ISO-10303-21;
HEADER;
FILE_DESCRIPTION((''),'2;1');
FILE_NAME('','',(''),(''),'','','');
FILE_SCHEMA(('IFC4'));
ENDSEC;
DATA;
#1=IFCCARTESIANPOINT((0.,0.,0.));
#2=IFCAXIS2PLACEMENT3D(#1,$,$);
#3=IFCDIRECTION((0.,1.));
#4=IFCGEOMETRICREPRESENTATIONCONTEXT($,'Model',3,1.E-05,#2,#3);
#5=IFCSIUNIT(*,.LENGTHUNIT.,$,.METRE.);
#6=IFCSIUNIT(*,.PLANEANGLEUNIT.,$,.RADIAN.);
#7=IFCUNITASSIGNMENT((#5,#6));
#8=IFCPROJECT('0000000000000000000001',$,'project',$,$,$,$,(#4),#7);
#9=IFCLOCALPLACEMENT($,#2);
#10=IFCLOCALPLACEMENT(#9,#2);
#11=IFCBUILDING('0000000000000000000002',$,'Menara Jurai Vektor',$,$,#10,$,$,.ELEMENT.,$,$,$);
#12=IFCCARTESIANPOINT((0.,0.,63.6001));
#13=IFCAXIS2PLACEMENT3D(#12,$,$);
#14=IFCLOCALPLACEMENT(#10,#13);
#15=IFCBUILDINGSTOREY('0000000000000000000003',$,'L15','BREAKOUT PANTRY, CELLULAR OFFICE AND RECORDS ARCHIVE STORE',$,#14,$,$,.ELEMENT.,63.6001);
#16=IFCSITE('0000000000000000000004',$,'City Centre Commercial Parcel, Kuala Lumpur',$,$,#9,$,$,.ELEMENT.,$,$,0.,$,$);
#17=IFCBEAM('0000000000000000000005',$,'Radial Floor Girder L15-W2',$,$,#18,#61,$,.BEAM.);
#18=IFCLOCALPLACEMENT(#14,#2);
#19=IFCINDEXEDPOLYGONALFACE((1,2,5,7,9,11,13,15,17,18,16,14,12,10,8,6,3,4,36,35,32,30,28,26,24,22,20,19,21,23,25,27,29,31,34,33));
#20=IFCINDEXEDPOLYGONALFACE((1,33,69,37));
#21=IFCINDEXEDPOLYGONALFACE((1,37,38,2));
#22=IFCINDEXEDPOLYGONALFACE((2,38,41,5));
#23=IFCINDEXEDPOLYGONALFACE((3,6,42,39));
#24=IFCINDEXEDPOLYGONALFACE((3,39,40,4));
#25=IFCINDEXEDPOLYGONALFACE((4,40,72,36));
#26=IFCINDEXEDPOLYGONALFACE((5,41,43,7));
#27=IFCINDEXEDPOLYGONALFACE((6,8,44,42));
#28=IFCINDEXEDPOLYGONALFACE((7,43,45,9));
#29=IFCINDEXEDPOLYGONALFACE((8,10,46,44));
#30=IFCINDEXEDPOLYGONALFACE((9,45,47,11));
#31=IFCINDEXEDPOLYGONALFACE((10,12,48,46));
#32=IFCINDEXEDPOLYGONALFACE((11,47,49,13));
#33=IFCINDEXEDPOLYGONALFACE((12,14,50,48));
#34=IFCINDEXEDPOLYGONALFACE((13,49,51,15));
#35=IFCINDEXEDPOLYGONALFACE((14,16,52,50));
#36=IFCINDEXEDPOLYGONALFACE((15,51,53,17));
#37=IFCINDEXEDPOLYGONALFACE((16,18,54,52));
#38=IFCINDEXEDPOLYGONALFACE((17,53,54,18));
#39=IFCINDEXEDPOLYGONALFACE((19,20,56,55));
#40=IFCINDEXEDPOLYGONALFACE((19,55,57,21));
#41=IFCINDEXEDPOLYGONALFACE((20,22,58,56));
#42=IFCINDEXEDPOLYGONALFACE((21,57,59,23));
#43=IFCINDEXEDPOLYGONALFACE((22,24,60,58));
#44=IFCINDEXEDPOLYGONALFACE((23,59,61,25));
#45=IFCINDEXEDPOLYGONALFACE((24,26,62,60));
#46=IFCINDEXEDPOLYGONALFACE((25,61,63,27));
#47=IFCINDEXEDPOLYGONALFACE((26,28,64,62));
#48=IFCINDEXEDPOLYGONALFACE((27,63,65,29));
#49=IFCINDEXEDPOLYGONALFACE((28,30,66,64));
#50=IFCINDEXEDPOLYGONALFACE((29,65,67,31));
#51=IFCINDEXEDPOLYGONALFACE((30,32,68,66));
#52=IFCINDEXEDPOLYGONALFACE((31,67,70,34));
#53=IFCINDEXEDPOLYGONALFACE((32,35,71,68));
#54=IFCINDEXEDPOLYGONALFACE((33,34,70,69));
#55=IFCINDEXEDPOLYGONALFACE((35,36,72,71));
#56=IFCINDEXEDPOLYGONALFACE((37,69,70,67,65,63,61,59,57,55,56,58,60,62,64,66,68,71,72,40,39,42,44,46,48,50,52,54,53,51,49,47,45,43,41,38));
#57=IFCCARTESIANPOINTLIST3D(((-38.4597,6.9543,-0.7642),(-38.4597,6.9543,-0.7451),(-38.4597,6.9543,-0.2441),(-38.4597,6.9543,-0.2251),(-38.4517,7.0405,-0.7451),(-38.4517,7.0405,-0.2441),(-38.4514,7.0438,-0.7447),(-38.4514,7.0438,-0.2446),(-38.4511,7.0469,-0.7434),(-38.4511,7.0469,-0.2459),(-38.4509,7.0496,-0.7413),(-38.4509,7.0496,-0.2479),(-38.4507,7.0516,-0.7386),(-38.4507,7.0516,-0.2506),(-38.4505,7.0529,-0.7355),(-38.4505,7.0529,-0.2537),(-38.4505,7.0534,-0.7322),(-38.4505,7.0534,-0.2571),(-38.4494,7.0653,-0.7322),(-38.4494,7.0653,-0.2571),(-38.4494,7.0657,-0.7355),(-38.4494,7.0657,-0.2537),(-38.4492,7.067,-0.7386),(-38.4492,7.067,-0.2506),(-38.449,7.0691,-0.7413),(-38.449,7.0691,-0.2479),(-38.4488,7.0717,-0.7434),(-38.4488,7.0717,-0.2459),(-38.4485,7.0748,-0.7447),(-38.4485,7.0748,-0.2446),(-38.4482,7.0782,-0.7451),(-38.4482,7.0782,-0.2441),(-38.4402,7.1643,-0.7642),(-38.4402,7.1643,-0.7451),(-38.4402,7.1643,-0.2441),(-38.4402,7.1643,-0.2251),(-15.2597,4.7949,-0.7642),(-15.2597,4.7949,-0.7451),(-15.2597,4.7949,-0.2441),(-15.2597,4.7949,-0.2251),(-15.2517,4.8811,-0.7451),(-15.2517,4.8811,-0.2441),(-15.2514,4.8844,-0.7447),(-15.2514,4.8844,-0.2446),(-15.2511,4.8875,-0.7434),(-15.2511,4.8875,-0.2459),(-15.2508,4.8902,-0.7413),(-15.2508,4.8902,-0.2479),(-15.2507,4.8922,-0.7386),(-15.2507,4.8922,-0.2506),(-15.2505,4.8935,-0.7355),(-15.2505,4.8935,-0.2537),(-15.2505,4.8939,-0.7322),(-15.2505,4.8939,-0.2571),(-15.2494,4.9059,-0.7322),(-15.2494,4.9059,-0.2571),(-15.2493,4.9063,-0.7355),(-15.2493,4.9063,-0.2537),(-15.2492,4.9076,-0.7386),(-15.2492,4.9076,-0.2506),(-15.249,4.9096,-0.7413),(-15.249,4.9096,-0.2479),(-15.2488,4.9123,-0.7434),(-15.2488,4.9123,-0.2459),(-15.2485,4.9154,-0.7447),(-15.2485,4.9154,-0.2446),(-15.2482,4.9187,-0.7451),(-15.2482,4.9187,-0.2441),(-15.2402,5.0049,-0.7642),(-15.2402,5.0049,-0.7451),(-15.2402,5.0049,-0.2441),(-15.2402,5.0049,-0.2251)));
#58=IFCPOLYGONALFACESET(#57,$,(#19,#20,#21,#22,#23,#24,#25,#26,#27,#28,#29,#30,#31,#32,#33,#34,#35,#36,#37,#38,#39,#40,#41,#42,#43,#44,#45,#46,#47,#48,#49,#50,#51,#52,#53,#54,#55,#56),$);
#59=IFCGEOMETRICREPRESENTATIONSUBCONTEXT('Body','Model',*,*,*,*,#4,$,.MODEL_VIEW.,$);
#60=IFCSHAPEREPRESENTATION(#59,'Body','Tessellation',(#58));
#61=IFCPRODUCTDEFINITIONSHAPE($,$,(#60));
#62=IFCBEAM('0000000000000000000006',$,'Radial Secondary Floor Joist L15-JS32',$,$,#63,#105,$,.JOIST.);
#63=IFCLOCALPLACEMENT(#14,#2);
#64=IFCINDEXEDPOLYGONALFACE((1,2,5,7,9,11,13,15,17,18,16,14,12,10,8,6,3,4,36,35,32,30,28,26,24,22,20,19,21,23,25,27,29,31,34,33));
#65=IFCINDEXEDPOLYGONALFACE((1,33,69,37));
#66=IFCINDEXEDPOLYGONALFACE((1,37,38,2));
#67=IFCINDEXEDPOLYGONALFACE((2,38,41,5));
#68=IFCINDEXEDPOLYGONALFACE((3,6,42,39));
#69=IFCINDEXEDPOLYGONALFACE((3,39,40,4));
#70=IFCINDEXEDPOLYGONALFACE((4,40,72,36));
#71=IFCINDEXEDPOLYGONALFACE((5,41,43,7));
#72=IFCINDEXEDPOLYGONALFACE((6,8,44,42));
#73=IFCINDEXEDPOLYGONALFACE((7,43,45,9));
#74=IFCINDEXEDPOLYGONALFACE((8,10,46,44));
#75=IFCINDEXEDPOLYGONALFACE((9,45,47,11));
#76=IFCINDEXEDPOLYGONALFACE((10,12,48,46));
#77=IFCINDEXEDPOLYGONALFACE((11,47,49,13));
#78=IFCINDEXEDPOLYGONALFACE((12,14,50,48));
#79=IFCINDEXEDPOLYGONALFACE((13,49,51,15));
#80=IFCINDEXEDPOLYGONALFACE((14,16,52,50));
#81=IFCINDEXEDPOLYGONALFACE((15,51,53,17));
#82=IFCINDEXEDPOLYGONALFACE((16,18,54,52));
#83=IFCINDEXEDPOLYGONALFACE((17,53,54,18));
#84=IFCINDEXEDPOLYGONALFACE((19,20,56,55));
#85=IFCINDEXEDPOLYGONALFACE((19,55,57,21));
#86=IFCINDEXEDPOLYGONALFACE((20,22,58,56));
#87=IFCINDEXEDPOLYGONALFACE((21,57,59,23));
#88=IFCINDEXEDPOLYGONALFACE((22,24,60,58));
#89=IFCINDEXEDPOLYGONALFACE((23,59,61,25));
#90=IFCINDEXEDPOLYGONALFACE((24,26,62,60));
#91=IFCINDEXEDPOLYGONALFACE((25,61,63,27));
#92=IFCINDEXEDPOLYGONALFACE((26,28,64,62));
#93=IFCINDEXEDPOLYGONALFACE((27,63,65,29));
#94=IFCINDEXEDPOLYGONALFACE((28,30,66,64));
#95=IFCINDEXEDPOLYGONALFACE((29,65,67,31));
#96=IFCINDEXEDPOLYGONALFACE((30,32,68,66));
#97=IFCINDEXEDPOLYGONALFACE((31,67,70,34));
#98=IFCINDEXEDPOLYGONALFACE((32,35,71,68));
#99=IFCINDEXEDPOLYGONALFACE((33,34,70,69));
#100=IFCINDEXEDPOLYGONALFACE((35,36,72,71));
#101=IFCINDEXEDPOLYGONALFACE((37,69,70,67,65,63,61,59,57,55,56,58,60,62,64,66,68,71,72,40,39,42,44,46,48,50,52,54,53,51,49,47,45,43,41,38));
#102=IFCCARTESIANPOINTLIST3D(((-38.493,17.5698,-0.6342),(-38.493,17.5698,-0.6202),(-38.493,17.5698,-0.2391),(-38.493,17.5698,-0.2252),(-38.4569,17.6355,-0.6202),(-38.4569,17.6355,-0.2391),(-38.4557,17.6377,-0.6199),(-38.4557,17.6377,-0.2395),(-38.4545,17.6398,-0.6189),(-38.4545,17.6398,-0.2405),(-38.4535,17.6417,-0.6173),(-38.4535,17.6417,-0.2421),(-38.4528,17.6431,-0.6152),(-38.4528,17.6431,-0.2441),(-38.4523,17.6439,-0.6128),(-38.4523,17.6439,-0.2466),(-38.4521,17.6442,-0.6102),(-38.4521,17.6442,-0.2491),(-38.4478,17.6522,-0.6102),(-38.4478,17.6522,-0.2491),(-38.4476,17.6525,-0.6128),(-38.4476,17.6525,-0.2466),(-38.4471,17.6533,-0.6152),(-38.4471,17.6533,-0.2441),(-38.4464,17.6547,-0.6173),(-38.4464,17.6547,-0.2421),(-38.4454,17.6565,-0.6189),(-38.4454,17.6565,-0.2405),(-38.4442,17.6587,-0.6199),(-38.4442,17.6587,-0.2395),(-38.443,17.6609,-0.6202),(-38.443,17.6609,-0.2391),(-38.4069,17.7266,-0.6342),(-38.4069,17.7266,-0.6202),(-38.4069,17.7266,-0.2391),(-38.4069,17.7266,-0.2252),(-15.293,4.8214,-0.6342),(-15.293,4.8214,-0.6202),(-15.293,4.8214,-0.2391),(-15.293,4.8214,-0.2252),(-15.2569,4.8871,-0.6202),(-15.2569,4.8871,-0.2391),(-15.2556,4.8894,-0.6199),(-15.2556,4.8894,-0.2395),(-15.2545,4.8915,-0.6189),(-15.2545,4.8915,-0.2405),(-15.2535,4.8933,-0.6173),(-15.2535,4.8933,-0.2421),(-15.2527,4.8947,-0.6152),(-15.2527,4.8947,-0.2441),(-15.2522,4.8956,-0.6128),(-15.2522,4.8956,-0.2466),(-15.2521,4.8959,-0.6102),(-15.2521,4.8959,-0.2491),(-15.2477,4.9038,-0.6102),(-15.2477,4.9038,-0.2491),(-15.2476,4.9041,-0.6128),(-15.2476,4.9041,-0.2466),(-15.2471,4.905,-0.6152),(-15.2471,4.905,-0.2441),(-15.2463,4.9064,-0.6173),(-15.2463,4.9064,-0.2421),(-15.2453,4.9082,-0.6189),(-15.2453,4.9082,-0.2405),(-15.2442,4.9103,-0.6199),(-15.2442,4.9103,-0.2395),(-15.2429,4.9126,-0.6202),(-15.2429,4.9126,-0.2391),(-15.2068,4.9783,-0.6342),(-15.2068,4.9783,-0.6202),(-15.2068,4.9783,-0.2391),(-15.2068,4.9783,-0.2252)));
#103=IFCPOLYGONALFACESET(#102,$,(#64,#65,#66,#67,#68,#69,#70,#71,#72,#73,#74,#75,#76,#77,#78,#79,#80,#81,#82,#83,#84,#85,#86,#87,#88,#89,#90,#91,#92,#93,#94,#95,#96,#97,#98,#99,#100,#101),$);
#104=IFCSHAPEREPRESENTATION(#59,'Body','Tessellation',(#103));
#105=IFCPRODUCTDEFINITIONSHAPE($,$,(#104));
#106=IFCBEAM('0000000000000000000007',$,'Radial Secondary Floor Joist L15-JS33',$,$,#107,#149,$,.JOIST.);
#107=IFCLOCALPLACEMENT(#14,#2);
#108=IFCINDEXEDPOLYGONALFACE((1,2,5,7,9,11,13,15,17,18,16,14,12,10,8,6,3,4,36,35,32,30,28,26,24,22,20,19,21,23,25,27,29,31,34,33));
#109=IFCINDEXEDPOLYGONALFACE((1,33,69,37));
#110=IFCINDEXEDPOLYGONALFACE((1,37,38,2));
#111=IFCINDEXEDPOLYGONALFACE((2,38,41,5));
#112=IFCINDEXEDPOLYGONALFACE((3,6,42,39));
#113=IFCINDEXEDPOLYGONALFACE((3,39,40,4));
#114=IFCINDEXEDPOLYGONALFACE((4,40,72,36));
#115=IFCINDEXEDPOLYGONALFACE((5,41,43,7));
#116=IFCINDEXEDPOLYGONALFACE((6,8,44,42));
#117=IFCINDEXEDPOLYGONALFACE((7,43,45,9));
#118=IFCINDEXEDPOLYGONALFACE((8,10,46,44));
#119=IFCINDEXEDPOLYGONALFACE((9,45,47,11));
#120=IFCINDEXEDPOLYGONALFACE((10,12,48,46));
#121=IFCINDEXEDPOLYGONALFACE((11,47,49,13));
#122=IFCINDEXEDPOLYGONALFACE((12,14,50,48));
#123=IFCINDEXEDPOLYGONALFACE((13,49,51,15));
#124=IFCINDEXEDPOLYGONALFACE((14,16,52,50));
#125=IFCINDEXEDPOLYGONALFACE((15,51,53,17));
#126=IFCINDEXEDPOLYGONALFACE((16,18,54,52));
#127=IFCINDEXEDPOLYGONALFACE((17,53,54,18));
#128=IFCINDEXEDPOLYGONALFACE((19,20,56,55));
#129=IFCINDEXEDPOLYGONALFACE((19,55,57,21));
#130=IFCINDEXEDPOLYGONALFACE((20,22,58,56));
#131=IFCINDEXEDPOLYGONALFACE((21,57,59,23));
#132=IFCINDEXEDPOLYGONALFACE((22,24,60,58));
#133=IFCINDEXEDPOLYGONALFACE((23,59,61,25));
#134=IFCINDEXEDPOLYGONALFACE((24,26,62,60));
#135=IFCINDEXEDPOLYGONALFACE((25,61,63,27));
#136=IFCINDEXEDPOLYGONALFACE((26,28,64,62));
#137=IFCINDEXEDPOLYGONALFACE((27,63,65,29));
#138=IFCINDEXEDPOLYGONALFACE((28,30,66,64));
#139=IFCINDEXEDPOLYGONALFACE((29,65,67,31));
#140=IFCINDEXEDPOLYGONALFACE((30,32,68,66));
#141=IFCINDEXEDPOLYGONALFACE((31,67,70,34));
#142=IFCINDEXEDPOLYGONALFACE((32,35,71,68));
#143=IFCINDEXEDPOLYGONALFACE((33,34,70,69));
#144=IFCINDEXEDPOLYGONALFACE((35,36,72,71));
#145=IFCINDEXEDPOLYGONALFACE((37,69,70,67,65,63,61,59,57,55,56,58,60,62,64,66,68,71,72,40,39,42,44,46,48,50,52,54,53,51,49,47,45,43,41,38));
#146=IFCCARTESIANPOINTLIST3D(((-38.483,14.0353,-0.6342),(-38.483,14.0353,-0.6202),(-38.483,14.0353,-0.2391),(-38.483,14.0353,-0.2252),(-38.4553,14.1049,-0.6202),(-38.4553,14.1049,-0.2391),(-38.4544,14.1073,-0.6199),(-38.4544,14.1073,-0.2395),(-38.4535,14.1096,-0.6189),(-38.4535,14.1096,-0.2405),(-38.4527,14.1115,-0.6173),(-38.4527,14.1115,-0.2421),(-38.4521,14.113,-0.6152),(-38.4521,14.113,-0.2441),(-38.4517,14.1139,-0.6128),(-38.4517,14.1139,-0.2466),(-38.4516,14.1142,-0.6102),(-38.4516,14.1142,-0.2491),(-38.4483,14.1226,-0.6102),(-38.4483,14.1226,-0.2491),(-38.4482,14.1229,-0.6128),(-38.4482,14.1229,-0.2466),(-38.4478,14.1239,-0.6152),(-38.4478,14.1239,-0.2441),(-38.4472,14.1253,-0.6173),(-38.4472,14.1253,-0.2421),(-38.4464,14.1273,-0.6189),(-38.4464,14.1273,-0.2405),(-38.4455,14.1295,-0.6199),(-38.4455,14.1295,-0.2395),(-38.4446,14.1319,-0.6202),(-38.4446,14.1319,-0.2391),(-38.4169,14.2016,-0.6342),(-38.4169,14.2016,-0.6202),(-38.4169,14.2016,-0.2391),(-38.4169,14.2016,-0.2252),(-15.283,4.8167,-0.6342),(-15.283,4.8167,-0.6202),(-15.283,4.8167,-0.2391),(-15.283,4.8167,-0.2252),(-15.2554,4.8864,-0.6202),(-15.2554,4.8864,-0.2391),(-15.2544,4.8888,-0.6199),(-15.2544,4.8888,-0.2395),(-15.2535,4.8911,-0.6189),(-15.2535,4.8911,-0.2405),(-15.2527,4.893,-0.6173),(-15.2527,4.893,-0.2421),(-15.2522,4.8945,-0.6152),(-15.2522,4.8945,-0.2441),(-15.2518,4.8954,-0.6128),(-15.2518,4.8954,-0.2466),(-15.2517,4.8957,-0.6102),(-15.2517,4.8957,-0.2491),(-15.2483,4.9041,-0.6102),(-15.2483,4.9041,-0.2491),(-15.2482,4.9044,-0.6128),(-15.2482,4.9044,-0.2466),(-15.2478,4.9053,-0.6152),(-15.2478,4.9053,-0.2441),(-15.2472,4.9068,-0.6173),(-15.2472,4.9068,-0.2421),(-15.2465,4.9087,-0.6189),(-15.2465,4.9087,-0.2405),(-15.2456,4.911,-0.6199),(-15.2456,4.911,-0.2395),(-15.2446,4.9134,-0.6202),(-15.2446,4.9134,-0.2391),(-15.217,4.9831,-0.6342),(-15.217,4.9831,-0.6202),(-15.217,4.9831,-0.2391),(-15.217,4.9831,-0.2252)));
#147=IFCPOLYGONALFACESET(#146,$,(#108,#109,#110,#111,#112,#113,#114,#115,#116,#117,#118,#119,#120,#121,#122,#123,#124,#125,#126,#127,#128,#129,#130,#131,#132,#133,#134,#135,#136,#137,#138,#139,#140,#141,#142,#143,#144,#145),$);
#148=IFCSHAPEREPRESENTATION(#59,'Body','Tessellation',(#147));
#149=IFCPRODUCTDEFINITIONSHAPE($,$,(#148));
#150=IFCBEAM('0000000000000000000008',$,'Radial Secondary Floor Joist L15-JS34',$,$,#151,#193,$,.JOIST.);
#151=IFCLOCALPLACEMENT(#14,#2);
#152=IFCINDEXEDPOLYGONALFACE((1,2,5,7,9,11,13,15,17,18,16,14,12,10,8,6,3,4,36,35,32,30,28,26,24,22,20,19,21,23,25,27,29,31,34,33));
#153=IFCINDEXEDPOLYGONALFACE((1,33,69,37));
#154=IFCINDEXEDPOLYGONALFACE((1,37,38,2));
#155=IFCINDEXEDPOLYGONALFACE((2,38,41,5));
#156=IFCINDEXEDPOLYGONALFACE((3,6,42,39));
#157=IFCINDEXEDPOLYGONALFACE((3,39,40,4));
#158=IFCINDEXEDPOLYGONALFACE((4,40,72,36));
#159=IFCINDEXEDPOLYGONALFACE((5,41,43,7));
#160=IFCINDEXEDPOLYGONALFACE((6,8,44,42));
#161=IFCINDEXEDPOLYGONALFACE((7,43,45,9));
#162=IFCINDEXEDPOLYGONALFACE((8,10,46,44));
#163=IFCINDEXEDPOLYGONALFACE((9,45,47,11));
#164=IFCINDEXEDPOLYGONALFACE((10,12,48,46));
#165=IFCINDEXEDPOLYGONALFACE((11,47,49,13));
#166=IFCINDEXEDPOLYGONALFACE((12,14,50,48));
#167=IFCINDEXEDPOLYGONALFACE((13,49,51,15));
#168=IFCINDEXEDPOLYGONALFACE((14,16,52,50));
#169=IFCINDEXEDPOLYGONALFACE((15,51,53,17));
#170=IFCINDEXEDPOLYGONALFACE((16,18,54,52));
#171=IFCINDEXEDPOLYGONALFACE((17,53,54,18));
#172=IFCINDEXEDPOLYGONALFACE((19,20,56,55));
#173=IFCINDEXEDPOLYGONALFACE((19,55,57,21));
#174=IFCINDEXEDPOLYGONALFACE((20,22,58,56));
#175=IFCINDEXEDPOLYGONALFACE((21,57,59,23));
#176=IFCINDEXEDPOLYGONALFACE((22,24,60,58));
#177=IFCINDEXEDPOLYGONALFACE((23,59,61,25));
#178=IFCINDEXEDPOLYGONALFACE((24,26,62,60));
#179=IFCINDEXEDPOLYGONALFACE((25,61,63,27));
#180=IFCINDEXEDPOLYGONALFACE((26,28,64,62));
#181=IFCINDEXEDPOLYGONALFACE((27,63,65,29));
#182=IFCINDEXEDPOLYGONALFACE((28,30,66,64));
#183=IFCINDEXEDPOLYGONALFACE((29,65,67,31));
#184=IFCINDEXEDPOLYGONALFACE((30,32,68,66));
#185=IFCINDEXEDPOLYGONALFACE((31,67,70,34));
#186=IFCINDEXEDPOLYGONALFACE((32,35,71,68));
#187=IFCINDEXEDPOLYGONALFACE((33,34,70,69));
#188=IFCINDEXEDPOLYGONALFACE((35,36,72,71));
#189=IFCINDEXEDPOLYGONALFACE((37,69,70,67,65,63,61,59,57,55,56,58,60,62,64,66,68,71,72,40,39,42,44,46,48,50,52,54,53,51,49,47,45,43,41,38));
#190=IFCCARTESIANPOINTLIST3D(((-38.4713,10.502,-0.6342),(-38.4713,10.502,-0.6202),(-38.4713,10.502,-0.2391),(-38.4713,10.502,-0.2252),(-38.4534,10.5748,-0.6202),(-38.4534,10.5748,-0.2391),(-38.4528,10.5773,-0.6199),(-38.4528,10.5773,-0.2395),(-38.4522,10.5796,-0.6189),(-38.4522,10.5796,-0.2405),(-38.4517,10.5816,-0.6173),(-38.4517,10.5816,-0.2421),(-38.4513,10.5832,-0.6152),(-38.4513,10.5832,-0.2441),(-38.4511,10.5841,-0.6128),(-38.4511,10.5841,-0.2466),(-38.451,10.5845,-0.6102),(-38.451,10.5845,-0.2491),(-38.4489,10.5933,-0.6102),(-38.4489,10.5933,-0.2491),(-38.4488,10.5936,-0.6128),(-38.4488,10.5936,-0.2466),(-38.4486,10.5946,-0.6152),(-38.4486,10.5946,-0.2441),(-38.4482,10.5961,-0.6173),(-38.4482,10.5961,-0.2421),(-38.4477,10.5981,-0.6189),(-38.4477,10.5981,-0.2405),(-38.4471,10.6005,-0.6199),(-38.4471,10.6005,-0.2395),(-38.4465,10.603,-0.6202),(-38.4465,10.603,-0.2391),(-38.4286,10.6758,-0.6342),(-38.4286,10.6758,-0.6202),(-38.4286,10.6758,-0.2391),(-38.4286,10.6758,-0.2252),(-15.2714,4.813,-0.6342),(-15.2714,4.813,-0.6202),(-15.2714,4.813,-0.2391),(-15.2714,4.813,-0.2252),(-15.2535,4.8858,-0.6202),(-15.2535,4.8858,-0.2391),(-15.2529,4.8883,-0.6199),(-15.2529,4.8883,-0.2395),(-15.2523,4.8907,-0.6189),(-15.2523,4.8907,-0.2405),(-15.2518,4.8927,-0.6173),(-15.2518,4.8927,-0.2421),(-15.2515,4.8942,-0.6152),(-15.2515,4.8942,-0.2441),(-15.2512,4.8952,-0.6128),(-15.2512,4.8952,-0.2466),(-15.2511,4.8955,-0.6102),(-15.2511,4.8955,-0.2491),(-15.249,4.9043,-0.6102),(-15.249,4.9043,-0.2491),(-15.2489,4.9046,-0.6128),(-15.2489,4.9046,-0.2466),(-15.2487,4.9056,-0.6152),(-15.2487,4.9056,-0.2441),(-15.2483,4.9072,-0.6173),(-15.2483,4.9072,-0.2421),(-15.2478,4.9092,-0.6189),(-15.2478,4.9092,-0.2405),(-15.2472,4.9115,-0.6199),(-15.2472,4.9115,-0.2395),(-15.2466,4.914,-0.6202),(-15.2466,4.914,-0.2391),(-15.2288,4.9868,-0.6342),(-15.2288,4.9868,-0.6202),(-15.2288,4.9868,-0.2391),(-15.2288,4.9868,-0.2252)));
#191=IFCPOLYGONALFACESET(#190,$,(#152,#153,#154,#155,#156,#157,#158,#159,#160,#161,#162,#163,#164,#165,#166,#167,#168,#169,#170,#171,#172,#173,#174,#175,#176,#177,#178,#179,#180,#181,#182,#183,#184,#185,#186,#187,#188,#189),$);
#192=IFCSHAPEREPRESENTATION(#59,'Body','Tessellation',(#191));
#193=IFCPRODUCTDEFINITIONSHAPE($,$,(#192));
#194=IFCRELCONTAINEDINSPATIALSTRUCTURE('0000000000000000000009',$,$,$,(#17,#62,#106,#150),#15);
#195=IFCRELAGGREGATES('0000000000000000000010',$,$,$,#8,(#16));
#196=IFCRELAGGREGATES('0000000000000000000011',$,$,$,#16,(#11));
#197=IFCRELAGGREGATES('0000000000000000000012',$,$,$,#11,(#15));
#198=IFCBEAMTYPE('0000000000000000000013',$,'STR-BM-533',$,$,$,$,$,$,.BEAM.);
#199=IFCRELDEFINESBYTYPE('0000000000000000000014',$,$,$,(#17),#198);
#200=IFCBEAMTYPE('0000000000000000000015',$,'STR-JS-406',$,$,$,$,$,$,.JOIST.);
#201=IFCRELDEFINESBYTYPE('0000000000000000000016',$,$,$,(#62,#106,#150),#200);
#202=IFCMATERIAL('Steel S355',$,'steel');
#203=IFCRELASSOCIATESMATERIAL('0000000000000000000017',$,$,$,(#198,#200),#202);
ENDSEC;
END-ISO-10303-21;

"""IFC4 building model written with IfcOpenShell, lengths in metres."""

from ifc_helpers import new_model, si_unit, direction, frame, origin, origin_2d, place, context, subcontext, project, spatial, i_section, extrude, material, material_profile, profile_set, type_object, element, save


model = new_model("IFC4")

# Units and contexts
model_context = context("Model", 3, precision=1e-05, world=origin(), true_north=direction((0.0, 1.0)))
body_context = subcontext(model_context, "Body", "Model", "MODEL_VIEW")
ifc_project = project(units=[si_unit("LENGTHUNIT", "METRE"), si_unit("PLANEANGLEUNIT", "RADIAN")], contexts=[model_context])

# Site, building, storey
site_placement = place(None, origin())
site = spatial("IfcSite", under=ifc_project, at=site_placement, Name="City Centre Commercial Parcel, Kuala Lumpur", CompositionType="ELEMENT", RefElevation=0.0)
building_placement = place(site_placement, origin())
building = spatial("IfcBuilding", under=site, at=building_placement, Name="Menara Jurai Vektor", CompositionType="ELEMENT")
storey_placement = place(building_placement, frame((0.0, 0.0, 63.6001)))
storey = spatial("IfcBuildingStorey", under=building, at=storey_placement, Name="L15", Description="BREAKOUT PANTRY, CELLULAR OFFICE AND RECORDS ARCHIVE STORE", CompositionType="ELEMENT", Elevation=63.6001)

# Beams
ifc_material_1 = material(Name="Steel S355", Category="steel")
ifc_material_profile_1 = material_profile(ifc_material_1, i_section(OverallWidth=0.2109, OverallDepth=0.5391, WebThickness=0.012, FlangeThickness=0.019, FilletRadius=0.0129, at=origin_2d()), Name="UKB 533x210x109")
ifc_profile_set_1 = profile_set([ifc_material_profile_1], Name="Steel S355")
beam_type_1 = type_object("IfcBeamType", Name="STR-BM-533", PredefinedType="BEAM", material=ifc_profile_set_1)
beam_1_placement = place(storey_placement, frame((-38.45, 7.0593, -0.4946), z_axis=(0.995696, -0.092678, 0.0), x_axis=(0.092678, 0.995696, 0.0)))
element("IfcBeam", 1, at=beam_1_placement, inside=storey, type_object=beam_type_1, Name="Radial Floor Girder L15-W2", PredefinedType="BEAM", context=body_context, shape_type="SweptSolid", body=[
    extrude(i_section(OverallWidth=0.2109, OverallDepth=0.5391, WebThickness=0.012, FlangeThickness=0.019, FilletRadius=0.0129, at=origin_2d()), origin(), (0.0, 0.0, 1.0), 23.3003),
])
ifc_material_profile_2 = material_profile(ifc_material_1, i_section(OverallWidth=0.179, OverallDepth=0.4089, WebThickness=0.009, FlangeThickness=0.0139, FilletRadius=0.01, at=origin_2d()), Name="UKB 406x178x67")
ifc_profile_set_2 = profile_set([ifc_material_profile_2], Name="Steel S355")
beam_type_2 = type_object("IfcBeamType", Name="STR-JS-406", PredefinedType="JOIST", material=ifc_profile_set_2)
beam_2_placement = place(storey_placement, frame((-38.45, 17.6482, -0.4297), z_axis=(0.876402, -0.48158, 0.0), x_axis=(0.48158, 0.876402, 0.0)))
element("IfcBeam", 2, at=beam_2_placement, inside=storey, type_object=beam_type_2, Name="Radial Secondary Floor Joist L15-JS32", PredefinedType="JOIST", context=body_context, shape_type="SweptSolid", body=[
    extrude(i_section(OverallWidth=0.179, OverallDepth=0.4089, WebThickness=0.009, FlangeThickness=0.0139, FilletRadius=0.01, at=origin_2d()), origin(), (0.0, 0.0, 1.0), 26.4719),
])
beam_3_placement = place(storey_placement, frame((-38.45, 14.1184, -0.4297), z_axis=(0.929323, -0.369267, 0.0), x_axis=(0.369267, 0.929323, 0.0)))
element("IfcBeam", 3, at=beam_3_placement, inside=storey, type_object=beam_type_2, Name="Radial Secondary Floor Joist L15-JS33", PredefinedType="JOIST", context=body_context, shape_type="SweptSolid", body=[
    extrude(i_section(OverallWidth=0.179, OverallDepth=0.4089, WebThickness=0.009, FlangeThickness=0.0139, FilletRadius=0.01, at=origin_2d()), origin(), (0.0, 0.0, 1.0), 24.9644),
])
beam_4_placement = place(storey_placement, frame((-38.45, 10.5889, -0.4297), z_axis=(0.971226, -0.238159, 0.0), x_axis=(0.238159, 0.971226, 0.0)))
element("IfcBeam", 4, at=beam_4_placement, inside=storey, type_object=beam_type_2, Name="Radial Secondary Floor Joist L15-JS34", PredefinedType="JOIST", context=body_context, shape_type="SweptSolid", body=[
    extrude(i_section(OverallWidth=0.179, OverallDepth=0.4089, WebThickness=0.009, FlangeThickness=0.0139, FilletRadius=0.01, at=origin_2d()), origin(), (0.0, 0.0, 1.0), 23.8872),
])

save(model, "model.ifc")
